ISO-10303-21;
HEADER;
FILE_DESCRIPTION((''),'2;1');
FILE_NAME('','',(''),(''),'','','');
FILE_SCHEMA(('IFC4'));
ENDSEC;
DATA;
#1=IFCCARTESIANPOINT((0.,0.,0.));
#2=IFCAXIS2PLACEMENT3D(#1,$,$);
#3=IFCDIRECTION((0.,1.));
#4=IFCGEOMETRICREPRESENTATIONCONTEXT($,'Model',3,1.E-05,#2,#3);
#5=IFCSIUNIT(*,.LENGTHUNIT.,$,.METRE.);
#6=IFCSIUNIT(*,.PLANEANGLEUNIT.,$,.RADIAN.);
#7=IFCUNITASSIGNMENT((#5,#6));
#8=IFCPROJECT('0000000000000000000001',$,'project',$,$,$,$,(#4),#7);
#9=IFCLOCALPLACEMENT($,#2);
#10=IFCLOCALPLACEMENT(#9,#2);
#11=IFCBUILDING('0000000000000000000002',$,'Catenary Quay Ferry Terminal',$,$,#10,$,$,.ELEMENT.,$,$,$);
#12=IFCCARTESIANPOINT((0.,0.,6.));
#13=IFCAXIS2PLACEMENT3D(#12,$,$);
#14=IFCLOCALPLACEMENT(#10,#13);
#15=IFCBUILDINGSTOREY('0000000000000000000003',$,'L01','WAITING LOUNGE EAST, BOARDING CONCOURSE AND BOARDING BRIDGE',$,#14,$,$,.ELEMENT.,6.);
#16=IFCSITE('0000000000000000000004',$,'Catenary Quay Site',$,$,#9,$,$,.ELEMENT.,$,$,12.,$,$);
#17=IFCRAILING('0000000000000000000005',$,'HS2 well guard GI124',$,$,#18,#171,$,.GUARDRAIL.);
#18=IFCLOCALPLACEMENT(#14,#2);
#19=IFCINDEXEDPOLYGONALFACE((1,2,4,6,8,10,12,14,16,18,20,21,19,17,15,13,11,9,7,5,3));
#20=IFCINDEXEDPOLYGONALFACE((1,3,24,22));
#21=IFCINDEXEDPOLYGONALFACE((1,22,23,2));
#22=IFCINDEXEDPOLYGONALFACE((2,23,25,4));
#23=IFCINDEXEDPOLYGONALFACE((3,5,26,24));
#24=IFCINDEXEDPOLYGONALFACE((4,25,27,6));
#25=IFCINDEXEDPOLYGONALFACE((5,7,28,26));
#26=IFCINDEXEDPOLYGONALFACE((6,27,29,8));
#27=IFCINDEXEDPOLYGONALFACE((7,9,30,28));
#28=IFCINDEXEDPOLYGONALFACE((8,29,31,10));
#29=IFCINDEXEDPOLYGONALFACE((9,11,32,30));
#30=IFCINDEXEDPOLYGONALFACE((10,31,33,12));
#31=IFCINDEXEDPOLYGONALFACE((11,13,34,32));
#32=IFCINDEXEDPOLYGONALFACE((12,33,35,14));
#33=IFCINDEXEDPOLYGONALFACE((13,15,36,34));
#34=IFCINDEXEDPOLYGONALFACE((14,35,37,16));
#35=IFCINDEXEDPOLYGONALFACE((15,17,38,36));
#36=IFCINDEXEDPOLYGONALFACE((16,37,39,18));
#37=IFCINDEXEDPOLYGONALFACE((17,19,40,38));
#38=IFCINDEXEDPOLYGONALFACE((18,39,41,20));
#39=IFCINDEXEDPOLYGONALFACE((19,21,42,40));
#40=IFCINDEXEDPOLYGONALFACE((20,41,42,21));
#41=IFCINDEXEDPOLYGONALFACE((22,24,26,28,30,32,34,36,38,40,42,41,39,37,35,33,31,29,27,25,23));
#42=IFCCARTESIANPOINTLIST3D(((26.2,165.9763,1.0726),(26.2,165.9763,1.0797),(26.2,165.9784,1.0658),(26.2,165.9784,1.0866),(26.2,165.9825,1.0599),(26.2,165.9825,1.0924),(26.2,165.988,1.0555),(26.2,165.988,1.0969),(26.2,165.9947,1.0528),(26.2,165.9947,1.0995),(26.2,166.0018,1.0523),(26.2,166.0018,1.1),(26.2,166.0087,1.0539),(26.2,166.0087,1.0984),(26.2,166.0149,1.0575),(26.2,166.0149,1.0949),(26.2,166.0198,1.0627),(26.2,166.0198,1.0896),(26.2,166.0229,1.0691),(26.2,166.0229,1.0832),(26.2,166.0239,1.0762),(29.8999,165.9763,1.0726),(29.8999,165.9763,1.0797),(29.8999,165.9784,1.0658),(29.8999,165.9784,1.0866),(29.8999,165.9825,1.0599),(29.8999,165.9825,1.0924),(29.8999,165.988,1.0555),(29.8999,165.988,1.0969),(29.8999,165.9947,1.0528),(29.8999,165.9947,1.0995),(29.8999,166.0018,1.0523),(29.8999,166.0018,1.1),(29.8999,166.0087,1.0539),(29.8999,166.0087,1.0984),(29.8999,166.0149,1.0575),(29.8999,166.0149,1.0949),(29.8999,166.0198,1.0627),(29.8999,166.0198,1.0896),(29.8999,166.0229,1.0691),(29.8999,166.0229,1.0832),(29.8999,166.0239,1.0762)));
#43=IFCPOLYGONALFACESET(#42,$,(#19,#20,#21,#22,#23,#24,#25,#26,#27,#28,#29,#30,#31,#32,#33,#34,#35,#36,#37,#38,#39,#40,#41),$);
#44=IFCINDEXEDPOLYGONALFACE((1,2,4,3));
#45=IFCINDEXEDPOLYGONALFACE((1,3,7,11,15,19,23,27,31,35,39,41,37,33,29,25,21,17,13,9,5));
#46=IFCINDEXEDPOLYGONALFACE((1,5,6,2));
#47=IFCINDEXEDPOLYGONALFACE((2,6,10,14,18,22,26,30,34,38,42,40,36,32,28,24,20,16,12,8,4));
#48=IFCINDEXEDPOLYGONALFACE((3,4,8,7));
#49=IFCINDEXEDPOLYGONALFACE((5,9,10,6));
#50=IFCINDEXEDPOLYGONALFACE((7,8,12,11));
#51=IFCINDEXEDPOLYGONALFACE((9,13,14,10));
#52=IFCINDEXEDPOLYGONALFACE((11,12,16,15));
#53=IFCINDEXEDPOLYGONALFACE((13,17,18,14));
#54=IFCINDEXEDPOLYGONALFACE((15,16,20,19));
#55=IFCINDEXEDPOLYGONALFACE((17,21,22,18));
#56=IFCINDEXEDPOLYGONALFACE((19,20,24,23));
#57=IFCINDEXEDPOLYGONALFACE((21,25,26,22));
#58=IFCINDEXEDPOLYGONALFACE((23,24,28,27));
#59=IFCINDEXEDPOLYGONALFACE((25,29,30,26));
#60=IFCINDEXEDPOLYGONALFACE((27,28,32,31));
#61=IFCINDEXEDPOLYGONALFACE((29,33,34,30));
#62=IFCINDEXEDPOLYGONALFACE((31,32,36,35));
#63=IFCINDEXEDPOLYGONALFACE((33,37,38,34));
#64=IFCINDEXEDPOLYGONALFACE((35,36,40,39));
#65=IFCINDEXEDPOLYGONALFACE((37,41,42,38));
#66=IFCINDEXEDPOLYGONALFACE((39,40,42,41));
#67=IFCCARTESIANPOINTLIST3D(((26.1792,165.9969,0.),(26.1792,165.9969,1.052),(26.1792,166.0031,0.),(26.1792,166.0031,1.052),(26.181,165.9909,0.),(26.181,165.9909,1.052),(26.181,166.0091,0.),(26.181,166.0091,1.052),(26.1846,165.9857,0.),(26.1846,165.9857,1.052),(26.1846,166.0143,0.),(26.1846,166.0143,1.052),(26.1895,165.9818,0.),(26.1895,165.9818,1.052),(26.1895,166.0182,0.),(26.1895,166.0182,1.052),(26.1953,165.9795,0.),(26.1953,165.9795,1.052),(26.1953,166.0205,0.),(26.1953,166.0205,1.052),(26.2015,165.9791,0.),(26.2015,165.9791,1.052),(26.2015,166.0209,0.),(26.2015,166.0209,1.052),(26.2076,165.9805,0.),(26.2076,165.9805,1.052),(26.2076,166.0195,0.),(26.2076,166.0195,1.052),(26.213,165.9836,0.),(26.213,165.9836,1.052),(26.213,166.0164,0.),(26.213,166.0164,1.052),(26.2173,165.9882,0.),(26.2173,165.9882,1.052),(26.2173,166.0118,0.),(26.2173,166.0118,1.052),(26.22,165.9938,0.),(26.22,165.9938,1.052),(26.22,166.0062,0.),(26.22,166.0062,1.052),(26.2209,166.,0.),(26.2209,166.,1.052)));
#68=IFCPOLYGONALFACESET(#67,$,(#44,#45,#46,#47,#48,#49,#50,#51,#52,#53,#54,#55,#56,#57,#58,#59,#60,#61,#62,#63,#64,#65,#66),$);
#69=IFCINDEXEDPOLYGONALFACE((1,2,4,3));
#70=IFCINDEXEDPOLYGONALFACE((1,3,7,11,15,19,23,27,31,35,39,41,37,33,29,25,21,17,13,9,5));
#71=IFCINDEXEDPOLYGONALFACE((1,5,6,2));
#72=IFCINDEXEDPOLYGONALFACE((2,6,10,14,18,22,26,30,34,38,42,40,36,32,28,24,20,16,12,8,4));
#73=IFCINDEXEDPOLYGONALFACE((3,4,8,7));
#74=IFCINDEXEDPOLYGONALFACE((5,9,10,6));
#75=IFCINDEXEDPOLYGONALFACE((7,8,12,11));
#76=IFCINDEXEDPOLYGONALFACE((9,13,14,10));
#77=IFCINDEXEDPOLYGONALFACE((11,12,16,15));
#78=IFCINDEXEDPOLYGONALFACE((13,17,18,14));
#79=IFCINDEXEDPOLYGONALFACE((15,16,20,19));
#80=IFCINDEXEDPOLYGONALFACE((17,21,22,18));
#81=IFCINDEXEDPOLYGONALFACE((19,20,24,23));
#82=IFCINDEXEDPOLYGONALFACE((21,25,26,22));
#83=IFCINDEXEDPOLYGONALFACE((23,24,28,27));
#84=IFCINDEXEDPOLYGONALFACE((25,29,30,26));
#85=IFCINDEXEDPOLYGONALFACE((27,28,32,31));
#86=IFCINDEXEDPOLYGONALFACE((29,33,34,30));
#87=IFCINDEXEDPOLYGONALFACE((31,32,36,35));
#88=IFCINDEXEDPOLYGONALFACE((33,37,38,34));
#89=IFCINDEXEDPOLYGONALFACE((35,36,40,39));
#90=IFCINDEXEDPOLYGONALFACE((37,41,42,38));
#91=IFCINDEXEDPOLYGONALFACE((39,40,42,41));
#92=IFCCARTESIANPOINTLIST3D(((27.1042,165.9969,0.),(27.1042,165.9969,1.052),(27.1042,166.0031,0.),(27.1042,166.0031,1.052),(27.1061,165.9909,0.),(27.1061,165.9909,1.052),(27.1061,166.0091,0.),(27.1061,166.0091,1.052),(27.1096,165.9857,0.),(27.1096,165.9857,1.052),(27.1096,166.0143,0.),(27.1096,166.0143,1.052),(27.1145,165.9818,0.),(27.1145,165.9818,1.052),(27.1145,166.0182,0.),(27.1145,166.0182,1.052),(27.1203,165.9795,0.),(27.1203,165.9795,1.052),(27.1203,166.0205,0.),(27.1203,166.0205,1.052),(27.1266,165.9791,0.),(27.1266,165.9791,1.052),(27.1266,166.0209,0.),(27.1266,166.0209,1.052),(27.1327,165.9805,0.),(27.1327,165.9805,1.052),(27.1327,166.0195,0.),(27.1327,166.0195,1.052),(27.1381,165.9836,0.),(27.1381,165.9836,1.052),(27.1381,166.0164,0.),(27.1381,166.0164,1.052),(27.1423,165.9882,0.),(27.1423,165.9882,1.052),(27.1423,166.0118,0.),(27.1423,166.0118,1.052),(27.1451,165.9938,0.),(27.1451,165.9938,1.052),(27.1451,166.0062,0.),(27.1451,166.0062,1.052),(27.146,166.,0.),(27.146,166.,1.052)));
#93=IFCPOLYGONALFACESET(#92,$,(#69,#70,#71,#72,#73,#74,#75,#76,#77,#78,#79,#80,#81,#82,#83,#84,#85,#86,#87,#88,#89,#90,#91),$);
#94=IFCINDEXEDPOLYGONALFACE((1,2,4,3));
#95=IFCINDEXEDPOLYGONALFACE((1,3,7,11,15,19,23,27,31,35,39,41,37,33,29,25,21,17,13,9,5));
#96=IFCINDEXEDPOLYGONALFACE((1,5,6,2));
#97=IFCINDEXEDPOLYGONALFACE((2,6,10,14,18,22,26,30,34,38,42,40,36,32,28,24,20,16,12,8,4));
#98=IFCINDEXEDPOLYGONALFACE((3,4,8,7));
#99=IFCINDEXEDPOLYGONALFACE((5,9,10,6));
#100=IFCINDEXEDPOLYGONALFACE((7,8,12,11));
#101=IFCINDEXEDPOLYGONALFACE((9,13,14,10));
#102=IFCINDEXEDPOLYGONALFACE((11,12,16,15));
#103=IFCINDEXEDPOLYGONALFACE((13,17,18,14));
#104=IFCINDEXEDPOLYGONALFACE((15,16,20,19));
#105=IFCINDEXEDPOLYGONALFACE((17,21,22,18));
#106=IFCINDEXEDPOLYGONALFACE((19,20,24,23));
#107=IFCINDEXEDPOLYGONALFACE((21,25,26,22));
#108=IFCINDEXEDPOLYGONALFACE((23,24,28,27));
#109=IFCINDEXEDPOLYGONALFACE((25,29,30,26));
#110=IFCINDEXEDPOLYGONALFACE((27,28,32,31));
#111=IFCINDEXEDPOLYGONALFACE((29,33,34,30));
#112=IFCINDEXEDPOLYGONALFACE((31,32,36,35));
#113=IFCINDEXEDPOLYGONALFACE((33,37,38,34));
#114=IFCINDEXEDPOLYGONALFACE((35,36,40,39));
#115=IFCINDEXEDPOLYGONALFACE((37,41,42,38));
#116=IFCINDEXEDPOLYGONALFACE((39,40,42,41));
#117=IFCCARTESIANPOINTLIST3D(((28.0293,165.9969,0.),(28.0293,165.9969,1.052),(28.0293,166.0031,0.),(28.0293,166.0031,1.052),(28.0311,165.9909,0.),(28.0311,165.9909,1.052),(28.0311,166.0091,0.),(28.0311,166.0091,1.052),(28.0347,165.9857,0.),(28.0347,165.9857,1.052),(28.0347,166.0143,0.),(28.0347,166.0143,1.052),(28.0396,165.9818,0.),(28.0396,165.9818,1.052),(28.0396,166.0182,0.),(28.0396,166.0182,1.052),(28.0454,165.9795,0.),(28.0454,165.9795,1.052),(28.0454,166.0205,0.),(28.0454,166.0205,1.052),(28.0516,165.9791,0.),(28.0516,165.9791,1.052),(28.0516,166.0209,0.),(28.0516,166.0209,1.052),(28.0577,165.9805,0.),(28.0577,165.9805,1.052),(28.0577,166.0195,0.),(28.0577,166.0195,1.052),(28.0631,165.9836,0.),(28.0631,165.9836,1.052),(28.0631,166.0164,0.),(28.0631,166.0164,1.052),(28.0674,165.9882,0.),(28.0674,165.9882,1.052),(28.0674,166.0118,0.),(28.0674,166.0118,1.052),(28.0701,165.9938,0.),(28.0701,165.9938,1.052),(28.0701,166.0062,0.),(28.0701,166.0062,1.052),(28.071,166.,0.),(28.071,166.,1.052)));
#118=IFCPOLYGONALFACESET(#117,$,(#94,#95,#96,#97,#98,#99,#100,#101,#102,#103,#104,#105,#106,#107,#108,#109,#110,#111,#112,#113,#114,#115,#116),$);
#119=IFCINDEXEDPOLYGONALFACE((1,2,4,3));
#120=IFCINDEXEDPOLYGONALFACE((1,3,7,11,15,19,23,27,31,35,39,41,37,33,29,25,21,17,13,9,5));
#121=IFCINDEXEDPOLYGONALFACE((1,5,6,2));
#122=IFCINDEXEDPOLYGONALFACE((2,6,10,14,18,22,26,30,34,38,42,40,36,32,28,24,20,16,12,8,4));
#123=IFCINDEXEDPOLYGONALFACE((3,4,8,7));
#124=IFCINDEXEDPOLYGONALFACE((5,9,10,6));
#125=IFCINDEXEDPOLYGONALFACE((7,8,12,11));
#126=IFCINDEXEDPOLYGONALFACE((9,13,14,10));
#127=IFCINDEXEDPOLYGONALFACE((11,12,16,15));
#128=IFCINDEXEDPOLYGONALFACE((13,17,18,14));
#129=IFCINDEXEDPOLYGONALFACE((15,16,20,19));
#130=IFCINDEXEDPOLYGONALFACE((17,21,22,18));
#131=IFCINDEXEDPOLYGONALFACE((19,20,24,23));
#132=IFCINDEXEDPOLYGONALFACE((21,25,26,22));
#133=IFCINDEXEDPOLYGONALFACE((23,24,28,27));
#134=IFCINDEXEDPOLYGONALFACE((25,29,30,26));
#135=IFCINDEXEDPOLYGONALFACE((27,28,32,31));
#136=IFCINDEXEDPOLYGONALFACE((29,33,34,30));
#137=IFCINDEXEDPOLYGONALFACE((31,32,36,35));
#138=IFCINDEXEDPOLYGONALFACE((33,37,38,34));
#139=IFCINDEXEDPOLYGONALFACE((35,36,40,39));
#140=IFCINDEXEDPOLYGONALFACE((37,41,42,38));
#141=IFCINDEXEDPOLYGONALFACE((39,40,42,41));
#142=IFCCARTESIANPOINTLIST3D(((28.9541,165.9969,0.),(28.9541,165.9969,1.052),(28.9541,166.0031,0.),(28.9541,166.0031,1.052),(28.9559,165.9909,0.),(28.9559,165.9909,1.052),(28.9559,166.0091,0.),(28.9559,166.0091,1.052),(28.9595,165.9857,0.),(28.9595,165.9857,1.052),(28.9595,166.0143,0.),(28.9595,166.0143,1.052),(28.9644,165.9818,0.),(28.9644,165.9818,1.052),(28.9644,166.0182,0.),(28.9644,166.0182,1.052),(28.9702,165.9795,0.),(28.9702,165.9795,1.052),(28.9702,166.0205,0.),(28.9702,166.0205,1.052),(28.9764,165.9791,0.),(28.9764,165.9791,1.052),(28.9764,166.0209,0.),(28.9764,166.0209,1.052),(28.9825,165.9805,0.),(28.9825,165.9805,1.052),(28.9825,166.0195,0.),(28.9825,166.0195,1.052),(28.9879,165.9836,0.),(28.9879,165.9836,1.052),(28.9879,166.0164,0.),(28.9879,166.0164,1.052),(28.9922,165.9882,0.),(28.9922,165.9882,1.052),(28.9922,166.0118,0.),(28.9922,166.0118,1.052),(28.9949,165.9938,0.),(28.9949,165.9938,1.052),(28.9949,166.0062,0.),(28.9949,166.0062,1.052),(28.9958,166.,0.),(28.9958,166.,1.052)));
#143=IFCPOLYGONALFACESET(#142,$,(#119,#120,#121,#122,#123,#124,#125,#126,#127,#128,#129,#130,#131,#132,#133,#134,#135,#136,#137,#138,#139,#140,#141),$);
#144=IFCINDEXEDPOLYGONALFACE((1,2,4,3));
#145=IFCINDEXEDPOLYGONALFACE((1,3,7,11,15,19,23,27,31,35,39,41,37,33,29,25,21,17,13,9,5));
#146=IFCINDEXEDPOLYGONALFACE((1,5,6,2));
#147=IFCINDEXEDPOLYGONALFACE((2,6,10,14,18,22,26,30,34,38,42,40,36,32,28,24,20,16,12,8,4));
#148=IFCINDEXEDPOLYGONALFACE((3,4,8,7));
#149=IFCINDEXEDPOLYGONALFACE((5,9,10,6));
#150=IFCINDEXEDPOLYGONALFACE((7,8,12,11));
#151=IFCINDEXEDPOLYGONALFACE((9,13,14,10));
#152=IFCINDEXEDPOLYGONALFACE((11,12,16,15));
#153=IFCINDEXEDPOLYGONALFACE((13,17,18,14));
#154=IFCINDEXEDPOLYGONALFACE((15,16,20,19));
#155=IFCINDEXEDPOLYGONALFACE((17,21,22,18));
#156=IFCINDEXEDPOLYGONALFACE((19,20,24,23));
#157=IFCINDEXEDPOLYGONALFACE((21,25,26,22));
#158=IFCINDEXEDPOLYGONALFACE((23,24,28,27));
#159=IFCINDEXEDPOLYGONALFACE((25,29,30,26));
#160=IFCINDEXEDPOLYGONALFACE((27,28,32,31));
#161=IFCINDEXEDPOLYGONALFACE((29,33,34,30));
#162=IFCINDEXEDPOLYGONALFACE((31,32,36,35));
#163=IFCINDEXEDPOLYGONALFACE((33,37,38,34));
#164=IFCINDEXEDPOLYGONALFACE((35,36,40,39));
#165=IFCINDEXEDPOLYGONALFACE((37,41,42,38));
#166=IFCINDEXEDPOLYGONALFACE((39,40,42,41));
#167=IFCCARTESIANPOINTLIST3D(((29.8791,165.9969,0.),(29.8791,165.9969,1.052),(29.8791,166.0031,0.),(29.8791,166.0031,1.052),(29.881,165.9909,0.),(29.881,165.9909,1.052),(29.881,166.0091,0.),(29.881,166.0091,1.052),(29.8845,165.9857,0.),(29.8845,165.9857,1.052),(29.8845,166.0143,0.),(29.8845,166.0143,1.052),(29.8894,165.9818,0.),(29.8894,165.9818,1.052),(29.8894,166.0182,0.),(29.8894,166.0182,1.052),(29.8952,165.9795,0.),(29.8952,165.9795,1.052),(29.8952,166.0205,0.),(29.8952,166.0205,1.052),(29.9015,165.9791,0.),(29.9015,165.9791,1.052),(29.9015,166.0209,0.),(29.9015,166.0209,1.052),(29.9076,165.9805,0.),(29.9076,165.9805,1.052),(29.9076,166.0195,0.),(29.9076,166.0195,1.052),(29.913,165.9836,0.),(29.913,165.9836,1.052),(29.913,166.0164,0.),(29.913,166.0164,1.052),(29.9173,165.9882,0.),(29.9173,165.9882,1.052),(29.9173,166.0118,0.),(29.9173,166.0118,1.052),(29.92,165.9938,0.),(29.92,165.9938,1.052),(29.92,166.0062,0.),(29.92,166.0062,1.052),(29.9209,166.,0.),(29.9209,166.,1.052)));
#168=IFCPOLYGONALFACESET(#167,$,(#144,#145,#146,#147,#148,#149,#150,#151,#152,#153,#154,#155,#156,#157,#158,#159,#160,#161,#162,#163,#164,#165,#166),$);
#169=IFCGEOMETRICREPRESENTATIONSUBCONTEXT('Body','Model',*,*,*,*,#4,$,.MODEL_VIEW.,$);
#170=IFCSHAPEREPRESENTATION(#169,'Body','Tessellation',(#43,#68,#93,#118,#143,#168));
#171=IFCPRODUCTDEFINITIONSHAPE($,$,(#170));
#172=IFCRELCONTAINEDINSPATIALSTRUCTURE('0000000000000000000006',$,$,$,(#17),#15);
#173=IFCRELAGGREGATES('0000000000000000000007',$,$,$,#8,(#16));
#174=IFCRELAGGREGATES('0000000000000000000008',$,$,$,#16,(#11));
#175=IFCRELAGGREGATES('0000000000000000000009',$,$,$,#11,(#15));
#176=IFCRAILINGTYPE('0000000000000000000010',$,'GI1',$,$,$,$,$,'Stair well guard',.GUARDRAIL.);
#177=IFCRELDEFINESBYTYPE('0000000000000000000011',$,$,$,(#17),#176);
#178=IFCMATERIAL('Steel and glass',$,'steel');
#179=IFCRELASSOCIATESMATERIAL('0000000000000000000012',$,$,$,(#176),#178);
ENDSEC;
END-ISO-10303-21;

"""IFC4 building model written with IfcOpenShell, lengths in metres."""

from ifc_helpers import new_model, si_unit, direction, frame, origin, origin_2d, place, context, subcontext, project, spatial, circle, extrude, material, type_object, element, save


model = new_model("IFC4")

# Units and contexts
model_context = context("Model", 3, precision=1e-05, world=origin(), true_north=direction((0.0, 1.0)))
body_context = subcontext(model_context, "Body", "Model", "MODEL_VIEW")
ifc_project = project(units=[si_unit("LENGTHUNIT", "METRE"), si_unit("PLANEANGLEUNIT", "RADIAN")], contexts=[model_context])

# Site, building, storey
site_placement = place(None, origin())
site = spatial("IfcSite", under=ifc_project, at=site_placement, Name="Catenary Quay Site", CompositionType="ELEMENT", RefElevation=12.0)
building_placement = place(site_placement, origin())
building = spatial("IfcBuilding", under=site, at=building_placement, Name="Catenary Quay Ferry Terminal", CompositionType="ELEMENT")
storey_placement = place(building_placement, frame((0.0, 0.0, 6.0)))
storey = spatial("IfcBuildingStorey", under=building, at=storey_placement, Name="L01", Description="WAITING LOUNGE EAST, BOARDING CONCOURSE AND BOARDING BRIDGE", CompositionType="ELEMENT", Elevation=6.0)

# Railing
ifc_material_1 = material(Name="Steel and glass", Category="steel")
railing_type_1 = type_object("IfcRailingType", Name="GI1", ElementType="Stair well guard", PredefinedType="GUARDRAIL", material=ifc_material_1)
railing_placement = place(storey_placement, frame((26.2, 166.0, 0.0)))
element("IfcRailing", 1, at=railing_placement, inside=storey, type_object=railing_type_1, Name="HS2 well guard GI124", PredefinedType="GUARDRAIL", context=body_context, shape_type="SweptSolid", body=[
    extrude(circle(Radius=0.0239, at=origin_2d()), frame((0.0, 0.0, 1.0762), z_axis=(1.0, 0.0, 0.0), x_axis=(0.0, 1.0, 0.0)), (0.0, 0.0, 1.0), 3.7),
    extrude(circle(Radius=0.021, at=origin_2d()), origin(), (0.0, 0.0, 1.0), 1.052),
    extrude(circle(Radius=0.021, at=origin_2d()), frame((0.925, 0.0, 0.0)), (0.0, 0.0, 1.0), 1.052),
    extrude(circle(Radius=0.021, at=origin_2d()), frame((1.8501, 0.0, 0.0)), (0.0, 0.0, 1.0), 1.052),
    extrude(circle(Radius=0.021, at=origin_2d()), frame((2.7749, 0.0, 0.0)), (0.0, 0.0, 1.0), 1.052),
    extrude(circle(Radius=0.021, at=origin_2d()), frame((3.7, 0.0, 0.0)), (0.0, 0.0, 1.0), 1.052),
])

save(model, "model.ifc")
